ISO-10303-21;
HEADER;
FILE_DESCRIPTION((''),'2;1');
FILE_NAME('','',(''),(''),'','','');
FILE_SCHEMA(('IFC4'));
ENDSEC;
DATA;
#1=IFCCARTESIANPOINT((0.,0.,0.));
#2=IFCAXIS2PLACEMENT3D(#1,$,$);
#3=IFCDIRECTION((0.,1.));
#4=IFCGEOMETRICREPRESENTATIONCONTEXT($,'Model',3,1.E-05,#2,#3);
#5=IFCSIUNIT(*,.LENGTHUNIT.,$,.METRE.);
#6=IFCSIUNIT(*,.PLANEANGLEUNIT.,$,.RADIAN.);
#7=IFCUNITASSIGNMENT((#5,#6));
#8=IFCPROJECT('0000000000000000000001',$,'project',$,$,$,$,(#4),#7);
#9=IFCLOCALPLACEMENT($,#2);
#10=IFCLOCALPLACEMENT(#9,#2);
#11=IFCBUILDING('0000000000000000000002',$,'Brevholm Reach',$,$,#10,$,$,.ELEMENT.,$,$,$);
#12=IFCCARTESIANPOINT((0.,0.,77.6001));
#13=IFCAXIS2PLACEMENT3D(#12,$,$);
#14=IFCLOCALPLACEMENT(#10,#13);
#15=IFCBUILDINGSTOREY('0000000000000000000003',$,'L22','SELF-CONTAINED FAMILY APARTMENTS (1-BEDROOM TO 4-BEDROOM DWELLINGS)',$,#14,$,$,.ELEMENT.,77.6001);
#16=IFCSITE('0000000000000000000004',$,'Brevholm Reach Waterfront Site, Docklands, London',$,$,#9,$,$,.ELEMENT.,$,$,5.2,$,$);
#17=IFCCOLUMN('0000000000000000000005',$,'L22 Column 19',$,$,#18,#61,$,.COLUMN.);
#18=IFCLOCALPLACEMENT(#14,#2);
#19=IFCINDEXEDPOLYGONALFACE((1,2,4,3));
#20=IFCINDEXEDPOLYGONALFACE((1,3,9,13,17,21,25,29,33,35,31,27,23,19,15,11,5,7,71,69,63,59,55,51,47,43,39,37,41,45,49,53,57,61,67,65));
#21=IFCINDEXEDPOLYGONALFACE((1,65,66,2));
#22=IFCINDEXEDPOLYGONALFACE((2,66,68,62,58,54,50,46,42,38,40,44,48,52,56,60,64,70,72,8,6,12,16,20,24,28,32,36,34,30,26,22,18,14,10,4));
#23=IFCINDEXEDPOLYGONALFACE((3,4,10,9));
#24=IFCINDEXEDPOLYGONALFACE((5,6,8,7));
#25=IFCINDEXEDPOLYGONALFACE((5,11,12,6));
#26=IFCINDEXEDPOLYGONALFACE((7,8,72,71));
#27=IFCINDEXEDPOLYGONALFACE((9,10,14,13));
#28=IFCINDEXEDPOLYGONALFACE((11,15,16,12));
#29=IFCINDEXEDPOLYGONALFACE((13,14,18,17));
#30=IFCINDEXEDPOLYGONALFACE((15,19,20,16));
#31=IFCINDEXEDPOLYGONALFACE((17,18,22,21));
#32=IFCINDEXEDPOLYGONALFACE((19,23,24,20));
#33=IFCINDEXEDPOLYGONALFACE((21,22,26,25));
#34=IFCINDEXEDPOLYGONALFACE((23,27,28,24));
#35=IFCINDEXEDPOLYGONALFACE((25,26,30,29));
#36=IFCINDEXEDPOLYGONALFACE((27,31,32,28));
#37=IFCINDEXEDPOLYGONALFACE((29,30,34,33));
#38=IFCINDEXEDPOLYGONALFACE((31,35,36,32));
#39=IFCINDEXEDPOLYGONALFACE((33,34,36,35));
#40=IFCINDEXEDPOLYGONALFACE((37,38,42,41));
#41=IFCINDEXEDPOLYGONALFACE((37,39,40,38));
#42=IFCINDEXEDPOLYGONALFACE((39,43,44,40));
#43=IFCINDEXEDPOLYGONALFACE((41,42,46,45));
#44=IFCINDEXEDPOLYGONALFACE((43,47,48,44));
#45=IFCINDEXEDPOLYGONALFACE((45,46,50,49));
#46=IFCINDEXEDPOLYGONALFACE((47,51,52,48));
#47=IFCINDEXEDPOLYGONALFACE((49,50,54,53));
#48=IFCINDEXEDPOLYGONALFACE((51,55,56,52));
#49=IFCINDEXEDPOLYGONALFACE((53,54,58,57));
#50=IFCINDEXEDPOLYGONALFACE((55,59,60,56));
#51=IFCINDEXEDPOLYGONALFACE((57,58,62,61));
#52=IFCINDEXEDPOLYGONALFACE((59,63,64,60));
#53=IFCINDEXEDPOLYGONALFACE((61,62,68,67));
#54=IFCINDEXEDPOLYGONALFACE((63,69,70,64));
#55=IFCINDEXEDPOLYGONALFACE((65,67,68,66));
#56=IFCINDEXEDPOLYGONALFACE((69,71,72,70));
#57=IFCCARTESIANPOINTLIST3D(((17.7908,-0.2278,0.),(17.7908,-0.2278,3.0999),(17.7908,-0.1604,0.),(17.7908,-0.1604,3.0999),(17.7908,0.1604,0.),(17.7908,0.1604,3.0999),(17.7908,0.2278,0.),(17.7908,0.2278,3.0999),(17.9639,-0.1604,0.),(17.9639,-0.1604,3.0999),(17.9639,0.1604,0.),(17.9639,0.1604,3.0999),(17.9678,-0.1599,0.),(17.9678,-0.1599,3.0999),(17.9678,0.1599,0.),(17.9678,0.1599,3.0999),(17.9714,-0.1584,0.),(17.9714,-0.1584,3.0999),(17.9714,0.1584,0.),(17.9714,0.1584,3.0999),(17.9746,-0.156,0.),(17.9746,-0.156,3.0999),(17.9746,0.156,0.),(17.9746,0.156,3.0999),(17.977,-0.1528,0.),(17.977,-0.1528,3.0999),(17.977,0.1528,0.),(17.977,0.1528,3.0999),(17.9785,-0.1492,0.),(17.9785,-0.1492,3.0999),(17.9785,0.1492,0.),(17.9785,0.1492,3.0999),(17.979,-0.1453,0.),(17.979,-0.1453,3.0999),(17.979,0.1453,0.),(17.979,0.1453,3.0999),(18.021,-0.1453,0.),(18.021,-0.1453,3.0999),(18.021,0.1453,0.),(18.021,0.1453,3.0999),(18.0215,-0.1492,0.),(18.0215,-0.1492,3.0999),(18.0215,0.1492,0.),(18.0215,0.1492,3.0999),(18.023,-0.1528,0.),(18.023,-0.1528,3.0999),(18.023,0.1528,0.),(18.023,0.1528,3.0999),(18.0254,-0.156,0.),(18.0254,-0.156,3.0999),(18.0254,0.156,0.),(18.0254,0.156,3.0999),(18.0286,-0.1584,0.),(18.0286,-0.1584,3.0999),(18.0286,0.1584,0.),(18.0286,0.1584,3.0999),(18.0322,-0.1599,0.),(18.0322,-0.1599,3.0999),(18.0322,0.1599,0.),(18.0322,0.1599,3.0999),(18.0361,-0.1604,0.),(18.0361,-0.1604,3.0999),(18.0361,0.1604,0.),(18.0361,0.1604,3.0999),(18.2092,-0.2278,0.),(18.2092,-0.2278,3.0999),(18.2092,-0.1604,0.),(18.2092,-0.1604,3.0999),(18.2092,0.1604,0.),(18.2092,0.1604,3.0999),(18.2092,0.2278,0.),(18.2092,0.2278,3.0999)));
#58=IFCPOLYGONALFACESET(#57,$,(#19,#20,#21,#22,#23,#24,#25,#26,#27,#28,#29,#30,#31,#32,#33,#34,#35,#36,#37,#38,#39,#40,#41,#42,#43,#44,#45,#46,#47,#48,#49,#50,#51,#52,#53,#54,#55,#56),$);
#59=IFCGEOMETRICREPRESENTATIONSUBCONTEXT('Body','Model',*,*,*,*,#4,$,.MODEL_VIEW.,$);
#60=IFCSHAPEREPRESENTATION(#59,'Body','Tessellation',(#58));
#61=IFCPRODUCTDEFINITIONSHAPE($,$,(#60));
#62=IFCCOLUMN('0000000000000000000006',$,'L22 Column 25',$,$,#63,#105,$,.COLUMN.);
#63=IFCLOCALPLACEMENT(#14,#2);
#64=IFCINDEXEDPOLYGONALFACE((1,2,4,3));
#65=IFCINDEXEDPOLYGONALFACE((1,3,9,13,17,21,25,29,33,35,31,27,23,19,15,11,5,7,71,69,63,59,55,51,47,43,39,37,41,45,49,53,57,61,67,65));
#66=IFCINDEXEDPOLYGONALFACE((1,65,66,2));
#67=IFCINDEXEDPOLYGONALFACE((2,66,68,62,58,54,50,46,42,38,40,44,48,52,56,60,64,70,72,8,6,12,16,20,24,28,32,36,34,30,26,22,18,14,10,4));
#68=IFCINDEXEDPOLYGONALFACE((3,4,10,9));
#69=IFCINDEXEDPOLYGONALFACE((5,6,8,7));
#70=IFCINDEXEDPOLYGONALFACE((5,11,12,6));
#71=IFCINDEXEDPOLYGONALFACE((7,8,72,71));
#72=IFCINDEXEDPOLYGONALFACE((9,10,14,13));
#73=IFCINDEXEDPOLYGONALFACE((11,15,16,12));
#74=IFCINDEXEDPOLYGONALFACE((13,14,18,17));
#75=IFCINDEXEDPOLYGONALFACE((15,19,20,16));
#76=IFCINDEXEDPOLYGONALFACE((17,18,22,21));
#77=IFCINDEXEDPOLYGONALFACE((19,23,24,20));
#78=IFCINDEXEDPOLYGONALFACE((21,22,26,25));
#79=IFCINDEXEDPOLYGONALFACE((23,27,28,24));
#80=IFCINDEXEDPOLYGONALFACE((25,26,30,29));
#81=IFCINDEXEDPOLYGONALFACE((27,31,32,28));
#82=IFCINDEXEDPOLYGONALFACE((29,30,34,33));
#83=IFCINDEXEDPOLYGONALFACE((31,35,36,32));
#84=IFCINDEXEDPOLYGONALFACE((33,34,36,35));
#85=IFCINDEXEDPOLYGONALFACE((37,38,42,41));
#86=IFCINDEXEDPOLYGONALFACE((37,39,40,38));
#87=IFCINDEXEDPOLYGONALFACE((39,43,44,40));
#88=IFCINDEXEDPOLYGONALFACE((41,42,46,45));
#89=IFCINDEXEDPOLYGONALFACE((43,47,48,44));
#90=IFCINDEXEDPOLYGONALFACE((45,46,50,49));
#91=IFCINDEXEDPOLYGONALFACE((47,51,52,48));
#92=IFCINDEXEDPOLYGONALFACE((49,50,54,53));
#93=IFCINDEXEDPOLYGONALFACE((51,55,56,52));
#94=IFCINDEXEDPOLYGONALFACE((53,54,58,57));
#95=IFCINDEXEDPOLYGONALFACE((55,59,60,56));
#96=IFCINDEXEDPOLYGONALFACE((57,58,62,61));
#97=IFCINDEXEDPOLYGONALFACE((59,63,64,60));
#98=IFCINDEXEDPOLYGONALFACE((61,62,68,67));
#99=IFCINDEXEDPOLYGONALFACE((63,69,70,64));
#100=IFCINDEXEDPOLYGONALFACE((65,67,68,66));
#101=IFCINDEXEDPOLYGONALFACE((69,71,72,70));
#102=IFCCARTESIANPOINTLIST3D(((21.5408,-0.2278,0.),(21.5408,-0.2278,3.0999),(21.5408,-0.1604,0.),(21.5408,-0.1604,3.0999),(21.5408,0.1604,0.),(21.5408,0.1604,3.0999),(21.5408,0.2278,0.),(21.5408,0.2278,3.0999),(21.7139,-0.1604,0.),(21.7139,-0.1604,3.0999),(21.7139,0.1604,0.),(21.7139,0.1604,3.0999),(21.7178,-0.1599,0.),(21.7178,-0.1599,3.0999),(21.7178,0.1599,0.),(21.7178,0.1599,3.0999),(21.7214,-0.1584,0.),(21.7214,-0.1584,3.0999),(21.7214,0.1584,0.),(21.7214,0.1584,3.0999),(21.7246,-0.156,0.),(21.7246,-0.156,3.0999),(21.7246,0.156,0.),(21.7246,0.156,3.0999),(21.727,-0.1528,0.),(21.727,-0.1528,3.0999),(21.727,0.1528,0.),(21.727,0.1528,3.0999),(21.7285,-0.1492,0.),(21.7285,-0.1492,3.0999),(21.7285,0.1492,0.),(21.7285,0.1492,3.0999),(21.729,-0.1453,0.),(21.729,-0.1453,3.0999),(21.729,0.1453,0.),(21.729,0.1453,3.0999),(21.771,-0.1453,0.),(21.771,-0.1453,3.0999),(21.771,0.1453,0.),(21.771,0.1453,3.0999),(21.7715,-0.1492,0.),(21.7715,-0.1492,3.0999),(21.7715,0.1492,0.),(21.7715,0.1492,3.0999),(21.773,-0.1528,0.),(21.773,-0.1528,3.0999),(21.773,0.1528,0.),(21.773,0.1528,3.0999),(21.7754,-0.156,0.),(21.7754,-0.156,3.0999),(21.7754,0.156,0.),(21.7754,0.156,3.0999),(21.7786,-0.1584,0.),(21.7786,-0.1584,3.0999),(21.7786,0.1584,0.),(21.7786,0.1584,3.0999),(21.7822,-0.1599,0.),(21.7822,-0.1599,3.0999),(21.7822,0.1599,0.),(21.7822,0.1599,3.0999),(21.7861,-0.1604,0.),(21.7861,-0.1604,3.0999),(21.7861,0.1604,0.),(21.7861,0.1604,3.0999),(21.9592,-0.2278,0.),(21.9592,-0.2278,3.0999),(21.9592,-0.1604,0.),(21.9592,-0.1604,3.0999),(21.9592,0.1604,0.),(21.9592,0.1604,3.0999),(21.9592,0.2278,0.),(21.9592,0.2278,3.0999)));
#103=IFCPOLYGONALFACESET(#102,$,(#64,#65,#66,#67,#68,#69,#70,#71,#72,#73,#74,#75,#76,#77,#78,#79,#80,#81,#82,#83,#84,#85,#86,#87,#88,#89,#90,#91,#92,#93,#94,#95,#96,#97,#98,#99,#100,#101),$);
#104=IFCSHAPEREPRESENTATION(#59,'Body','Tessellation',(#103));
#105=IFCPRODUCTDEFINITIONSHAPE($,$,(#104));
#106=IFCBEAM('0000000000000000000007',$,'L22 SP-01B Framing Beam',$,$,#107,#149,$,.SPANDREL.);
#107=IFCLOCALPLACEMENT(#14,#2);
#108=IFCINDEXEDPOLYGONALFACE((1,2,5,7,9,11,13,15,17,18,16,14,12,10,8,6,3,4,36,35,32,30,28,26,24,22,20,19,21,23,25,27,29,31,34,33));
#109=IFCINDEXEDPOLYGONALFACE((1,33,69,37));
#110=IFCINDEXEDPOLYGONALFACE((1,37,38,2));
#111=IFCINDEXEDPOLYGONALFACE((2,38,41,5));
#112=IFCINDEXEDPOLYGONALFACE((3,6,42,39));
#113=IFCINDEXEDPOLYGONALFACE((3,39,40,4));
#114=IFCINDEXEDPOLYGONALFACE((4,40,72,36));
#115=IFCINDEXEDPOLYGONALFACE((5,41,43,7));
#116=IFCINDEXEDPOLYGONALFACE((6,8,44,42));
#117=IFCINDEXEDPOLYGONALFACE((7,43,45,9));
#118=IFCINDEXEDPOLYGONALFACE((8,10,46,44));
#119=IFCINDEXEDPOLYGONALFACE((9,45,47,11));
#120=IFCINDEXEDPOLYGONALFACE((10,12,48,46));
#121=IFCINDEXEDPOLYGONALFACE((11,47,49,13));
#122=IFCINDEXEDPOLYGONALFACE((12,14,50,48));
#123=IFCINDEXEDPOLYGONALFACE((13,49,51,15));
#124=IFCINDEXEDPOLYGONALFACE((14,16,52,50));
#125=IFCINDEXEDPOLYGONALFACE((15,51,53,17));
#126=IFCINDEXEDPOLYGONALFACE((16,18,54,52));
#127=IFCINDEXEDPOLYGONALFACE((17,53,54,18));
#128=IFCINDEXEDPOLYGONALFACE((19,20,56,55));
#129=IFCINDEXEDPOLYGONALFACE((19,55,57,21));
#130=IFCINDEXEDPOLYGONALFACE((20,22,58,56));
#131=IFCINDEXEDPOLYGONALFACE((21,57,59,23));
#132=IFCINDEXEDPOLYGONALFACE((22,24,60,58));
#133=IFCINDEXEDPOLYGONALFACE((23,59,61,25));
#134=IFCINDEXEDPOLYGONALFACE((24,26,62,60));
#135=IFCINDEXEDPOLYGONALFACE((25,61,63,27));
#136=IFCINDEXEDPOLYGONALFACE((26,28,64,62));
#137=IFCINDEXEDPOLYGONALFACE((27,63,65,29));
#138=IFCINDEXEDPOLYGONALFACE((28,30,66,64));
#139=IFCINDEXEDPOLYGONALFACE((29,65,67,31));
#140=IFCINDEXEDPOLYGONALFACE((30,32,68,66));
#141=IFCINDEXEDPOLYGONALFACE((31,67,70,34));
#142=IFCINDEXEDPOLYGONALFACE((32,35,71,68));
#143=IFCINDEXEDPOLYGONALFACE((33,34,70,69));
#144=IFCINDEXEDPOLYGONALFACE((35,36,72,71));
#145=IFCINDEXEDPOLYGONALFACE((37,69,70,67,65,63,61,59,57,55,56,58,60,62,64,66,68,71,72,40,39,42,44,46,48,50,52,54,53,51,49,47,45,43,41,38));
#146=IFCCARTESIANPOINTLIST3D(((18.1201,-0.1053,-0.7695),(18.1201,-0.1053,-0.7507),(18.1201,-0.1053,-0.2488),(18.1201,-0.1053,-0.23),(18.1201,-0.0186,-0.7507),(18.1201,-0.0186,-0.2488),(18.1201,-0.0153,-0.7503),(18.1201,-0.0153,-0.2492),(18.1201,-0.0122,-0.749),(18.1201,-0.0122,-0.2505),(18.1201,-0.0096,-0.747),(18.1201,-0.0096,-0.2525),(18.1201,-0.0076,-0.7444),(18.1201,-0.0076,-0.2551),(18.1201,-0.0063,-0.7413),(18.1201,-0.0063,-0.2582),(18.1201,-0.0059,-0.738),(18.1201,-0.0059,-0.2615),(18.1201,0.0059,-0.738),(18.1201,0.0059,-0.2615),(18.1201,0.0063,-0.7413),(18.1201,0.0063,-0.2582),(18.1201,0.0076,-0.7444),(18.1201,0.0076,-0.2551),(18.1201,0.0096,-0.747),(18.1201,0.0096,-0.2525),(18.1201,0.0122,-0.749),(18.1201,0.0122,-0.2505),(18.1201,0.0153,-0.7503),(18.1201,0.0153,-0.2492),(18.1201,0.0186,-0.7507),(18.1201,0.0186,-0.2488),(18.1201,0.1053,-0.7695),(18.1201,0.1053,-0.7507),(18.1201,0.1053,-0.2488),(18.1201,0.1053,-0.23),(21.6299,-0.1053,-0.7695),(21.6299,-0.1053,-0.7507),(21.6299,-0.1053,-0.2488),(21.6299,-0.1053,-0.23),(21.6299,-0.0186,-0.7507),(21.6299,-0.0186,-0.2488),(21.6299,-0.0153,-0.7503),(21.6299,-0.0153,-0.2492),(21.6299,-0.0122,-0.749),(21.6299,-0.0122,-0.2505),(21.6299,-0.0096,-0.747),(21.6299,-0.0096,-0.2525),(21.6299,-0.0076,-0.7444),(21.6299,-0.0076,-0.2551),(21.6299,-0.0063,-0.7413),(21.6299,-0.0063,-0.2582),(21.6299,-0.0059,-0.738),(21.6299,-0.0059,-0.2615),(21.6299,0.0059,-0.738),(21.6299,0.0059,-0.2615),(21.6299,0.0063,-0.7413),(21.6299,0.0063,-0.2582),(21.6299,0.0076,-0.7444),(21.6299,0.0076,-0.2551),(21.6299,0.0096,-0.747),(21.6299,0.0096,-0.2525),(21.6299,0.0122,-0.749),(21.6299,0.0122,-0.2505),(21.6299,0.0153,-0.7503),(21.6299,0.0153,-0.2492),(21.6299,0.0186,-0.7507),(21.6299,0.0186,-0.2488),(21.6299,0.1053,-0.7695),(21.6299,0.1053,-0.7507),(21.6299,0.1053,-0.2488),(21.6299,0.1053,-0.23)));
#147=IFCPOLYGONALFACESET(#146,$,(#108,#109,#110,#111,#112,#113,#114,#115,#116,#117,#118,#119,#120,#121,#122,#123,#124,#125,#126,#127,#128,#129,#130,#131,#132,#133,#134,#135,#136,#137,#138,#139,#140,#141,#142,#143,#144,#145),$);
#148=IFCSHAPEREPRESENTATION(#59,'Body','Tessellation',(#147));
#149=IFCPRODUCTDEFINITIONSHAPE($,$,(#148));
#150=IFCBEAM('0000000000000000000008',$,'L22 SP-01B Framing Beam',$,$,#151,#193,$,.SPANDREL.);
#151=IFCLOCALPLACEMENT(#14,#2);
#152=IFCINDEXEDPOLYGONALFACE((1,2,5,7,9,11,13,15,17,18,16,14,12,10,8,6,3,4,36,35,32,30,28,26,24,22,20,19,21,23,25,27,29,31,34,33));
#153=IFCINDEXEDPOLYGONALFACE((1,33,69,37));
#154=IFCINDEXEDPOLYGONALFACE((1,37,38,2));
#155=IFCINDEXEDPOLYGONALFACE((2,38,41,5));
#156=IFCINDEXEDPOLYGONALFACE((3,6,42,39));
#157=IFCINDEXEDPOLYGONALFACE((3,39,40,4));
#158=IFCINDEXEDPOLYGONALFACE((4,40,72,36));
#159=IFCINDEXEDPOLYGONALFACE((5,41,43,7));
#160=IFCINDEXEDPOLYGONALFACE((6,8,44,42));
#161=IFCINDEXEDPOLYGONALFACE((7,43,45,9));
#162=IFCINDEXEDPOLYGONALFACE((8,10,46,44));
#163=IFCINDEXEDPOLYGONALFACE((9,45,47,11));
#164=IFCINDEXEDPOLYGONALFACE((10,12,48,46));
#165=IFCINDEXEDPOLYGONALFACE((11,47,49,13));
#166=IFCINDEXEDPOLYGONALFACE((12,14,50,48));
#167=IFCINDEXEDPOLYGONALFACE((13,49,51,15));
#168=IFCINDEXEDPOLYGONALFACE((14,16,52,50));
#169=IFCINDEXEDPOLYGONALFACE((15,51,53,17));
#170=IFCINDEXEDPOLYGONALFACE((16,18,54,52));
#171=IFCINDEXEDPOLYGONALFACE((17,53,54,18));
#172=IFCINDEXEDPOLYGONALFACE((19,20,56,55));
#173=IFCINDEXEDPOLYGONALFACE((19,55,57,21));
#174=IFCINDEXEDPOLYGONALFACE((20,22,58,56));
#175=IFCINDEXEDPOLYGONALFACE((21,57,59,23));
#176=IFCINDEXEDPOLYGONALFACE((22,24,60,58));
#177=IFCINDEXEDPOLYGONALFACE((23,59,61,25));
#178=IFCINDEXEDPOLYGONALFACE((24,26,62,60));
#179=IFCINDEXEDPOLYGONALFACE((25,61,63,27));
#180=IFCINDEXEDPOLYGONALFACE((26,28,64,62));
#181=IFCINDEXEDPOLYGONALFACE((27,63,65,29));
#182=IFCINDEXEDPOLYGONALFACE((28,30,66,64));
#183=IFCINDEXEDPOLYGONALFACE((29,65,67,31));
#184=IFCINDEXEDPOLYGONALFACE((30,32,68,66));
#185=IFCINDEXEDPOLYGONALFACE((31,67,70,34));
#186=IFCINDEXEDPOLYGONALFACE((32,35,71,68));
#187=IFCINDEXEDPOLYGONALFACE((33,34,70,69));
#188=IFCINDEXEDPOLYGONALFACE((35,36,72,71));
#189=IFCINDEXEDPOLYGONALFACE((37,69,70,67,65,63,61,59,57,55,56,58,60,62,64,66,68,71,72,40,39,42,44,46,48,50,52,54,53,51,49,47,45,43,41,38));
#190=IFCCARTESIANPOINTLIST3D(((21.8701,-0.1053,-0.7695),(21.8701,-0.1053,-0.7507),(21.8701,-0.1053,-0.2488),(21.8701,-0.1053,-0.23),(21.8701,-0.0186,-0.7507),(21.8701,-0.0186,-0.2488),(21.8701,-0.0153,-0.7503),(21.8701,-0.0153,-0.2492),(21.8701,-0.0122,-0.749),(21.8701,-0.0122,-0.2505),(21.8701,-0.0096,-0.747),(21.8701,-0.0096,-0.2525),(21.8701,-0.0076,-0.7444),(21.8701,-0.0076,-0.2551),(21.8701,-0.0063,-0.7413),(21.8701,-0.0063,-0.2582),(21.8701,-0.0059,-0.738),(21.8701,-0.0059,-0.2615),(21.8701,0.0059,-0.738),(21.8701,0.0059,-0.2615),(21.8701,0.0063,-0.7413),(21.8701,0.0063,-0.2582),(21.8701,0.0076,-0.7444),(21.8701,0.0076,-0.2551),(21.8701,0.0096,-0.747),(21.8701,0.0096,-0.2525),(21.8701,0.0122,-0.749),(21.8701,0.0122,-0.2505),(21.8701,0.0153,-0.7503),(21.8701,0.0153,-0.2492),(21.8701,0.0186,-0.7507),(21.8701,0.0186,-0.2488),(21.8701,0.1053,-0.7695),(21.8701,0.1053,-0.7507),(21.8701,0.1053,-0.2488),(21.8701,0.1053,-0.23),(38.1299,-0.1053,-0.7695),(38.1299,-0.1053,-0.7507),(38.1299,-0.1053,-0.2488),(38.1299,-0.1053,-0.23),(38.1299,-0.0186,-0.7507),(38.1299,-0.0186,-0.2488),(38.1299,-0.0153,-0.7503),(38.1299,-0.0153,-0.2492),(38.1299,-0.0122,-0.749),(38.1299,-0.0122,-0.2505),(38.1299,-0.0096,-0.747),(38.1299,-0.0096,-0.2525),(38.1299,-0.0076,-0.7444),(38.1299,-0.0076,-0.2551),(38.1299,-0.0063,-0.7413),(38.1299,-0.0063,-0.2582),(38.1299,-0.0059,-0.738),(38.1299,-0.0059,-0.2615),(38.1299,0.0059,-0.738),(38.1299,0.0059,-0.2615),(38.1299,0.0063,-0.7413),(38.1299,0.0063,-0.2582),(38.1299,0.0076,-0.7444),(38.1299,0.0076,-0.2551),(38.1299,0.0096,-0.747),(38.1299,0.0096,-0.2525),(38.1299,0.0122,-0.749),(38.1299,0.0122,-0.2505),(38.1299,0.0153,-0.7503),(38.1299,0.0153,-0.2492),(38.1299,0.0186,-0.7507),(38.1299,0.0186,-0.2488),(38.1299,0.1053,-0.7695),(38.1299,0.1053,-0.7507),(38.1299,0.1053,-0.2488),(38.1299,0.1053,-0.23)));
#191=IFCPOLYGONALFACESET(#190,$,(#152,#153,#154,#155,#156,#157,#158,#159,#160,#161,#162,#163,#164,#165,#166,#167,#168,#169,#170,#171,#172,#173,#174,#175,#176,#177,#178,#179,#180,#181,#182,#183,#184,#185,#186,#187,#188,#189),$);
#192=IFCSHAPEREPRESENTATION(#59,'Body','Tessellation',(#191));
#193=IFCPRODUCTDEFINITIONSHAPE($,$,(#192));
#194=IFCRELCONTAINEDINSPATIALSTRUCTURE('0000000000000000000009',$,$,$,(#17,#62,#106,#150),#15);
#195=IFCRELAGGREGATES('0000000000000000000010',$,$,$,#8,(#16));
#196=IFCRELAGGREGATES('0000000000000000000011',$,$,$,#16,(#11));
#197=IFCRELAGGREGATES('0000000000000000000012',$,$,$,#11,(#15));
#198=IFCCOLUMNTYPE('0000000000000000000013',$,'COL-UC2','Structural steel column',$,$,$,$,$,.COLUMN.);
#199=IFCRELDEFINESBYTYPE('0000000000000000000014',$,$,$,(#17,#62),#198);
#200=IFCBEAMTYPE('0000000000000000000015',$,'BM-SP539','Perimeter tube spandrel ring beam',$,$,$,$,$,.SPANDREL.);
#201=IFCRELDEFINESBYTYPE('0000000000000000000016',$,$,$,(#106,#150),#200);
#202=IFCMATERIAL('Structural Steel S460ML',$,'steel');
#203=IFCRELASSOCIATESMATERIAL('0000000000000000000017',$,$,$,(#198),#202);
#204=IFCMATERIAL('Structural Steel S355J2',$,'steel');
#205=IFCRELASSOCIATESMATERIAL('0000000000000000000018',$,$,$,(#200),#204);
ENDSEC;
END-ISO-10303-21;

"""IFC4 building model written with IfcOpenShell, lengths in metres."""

from ifc_helpers import new_model, si_unit, direction, frame, origin, origin_2d, place, context, subcontext, project, spatial, i_section, extrude, material, material_profile, profile_set, type_object, element, save


model = new_model("IFC4")

# Units and contexts
model_context = context("Model", 3, precision=1e-05, world=origin(), true_north=direction((0.0, 1.0)))
body_context = subcontext(model_context, "Body", "Model", "MODEL_VIEW")
ifc_project = project(units=[si_unit("LENGTHUNIT", "METRE"), si_unit("PLANEANGLEUNIT", "RADIAN")], contexts=[model_context])

# Site, building, storey
site_placement = place(None, origin())
site = spatial("IfcSite", under=ifc_project, at=site_placement, Name="Brevholm Reach Waterfront Site, Docklands, London", CompositionType="ELEMENT", RefElevation=5.2)
building_placement = place(site_placement, origin())
building = spatial("IfcBuilding", under=site, at=building_placement, Name="Brevholm Reach", CompositionType="ELEMENT")
storey_placement = place(building_placement, frame((0.0, 0.0, 77.6001)))
storey = spatial("IfcBuildingStorey", under=building, at=storey_placement, Name="L22", Description="SELF-CONTAINED FAMILY APARTMENTS (1-BEDROOM TO 4-BEDROOM DWELLINGS)", CompositionType="ELEMENT", Elevation=77.6001)

# Columns
ifc_material_1 = material(Name="Structural Steel S460ML", Category="steel")
ifc_material_profile_1 = material_profile(ifc_material_1, i_section(OverallWidth=0.4185, OverallDepth=0.4556, WebThickness=0.042, FlangeThickness=0.0674, FilletRadius=0.0151, at=origin_2d()), Name="UKC 356x406x551")
ifc_profile_set_1 = profile_set([ifc_material_profile_1], Name="Structural Steel S460ML")
column_type = type_object("IfcColumnType", Name="COL-UC2", Description="Structural steel column", PredefinedType="COLUMN", material=ifc_profile_set_1)
for number, where, z_axis, x_axis, name in (
    (1, (18.0, 0.0, 0.0), (0.0, 0.0, 1.0), (1.0, 0.0, 0.0), "L22 Column 19"),
    (2, (21.75, 0.0, 0.0), (0.0, 0.0, 1.0), (1.0, 0.0, 0.0), "L22 Column 25"),
):
    element("IfcColumn", number, at=place(storey_placement, frame(where, z_axis=z_axis, x_axis=x_axis)), inside=storey, type_object=column_type, Name=name, PredefinedType="COLUMN", context=body_context, shape_type="SweptSolid", body=[
        extrude(i_section(OverallWidth=0.4185, OverallDepth=0.4556, WebThickness=0.042, FlangeThickness=0.0674, FilletRadius=0.0151, at=origin_2d()), origin(), (0.0, 0.0, 1.0), 3.0999),
    ])

# Beams
ifc_material_2 = material(Name="Structural Steel S355J2", Category="steel")
ifc_material_profile_2 = material_profile(ifc_material_2, i_section(OverallWidth=0.2107, OverallDepth=0.5396, WebThickness=0.0117, FlangeThickness=0.0188, FilletRadius=0.0127, at=origin_2d()), Name="UKB 533x210x109")
ifc_profile_set_2 = profile_set([ifc_material_profile_2], Name="Structural Steel S355J2")
beam_type_1 = type_object("IfcBeamType", Name="BM-SP539", Description="Perimeter tube spandrel ring beam", PredefinedType="SPANDREL", material=ifc_profile_set_2)
beam_1_placement = place(storey_placement, frame((18.1201, 0.0, -0.4998), z_axis=(1.0, 0.0, 0.0), x_axis=(0.0, 1.0, 0.0)))
element("IfcBeam", 3, at=beam_1_placement, inside=storey, type_object=beam_type_1, Name="L22 SP-01B Framing Beam", PredefinedType="SPANDREL", context=body_context, shape_type="SweptSolid", body=[
    extrude(i_section(OverallWidth=0.2107, OverallDepth=0.5396, WebThickness=0.0117, FlangeThickness=0.0188, FilletRadius=0.0127, at=origin_2d()), origin(), (0.0, 0.0, 1.0), 3.5098),
])
beam_2_placement = place(storey_placement, frame((21.8701, 0.0, -0.4998), z_axis=(1.0, 0.0, 0.0), x_axis=(0.0, 1.0, 0.0)))
element("IfcBeam", 4, at=beam_2_placement, inside=storey, type_object=beam_type_1, Name="L22 SP-01B Framing Beam", PredefinedType="SPANDREL", context=body_context, shape_type="SweptSolid", body=[
    extrude(i_section(OverallWidth=0.2107, OverallDepth=0.5396, WebThickness=0.0117, FlangeThickness=0.0188, FilletRadius=0.0127, at=origin_2d()), origin(), (0.0, 0.0, 1.0), 16.2598),
])

save(model, "model.ifc")
